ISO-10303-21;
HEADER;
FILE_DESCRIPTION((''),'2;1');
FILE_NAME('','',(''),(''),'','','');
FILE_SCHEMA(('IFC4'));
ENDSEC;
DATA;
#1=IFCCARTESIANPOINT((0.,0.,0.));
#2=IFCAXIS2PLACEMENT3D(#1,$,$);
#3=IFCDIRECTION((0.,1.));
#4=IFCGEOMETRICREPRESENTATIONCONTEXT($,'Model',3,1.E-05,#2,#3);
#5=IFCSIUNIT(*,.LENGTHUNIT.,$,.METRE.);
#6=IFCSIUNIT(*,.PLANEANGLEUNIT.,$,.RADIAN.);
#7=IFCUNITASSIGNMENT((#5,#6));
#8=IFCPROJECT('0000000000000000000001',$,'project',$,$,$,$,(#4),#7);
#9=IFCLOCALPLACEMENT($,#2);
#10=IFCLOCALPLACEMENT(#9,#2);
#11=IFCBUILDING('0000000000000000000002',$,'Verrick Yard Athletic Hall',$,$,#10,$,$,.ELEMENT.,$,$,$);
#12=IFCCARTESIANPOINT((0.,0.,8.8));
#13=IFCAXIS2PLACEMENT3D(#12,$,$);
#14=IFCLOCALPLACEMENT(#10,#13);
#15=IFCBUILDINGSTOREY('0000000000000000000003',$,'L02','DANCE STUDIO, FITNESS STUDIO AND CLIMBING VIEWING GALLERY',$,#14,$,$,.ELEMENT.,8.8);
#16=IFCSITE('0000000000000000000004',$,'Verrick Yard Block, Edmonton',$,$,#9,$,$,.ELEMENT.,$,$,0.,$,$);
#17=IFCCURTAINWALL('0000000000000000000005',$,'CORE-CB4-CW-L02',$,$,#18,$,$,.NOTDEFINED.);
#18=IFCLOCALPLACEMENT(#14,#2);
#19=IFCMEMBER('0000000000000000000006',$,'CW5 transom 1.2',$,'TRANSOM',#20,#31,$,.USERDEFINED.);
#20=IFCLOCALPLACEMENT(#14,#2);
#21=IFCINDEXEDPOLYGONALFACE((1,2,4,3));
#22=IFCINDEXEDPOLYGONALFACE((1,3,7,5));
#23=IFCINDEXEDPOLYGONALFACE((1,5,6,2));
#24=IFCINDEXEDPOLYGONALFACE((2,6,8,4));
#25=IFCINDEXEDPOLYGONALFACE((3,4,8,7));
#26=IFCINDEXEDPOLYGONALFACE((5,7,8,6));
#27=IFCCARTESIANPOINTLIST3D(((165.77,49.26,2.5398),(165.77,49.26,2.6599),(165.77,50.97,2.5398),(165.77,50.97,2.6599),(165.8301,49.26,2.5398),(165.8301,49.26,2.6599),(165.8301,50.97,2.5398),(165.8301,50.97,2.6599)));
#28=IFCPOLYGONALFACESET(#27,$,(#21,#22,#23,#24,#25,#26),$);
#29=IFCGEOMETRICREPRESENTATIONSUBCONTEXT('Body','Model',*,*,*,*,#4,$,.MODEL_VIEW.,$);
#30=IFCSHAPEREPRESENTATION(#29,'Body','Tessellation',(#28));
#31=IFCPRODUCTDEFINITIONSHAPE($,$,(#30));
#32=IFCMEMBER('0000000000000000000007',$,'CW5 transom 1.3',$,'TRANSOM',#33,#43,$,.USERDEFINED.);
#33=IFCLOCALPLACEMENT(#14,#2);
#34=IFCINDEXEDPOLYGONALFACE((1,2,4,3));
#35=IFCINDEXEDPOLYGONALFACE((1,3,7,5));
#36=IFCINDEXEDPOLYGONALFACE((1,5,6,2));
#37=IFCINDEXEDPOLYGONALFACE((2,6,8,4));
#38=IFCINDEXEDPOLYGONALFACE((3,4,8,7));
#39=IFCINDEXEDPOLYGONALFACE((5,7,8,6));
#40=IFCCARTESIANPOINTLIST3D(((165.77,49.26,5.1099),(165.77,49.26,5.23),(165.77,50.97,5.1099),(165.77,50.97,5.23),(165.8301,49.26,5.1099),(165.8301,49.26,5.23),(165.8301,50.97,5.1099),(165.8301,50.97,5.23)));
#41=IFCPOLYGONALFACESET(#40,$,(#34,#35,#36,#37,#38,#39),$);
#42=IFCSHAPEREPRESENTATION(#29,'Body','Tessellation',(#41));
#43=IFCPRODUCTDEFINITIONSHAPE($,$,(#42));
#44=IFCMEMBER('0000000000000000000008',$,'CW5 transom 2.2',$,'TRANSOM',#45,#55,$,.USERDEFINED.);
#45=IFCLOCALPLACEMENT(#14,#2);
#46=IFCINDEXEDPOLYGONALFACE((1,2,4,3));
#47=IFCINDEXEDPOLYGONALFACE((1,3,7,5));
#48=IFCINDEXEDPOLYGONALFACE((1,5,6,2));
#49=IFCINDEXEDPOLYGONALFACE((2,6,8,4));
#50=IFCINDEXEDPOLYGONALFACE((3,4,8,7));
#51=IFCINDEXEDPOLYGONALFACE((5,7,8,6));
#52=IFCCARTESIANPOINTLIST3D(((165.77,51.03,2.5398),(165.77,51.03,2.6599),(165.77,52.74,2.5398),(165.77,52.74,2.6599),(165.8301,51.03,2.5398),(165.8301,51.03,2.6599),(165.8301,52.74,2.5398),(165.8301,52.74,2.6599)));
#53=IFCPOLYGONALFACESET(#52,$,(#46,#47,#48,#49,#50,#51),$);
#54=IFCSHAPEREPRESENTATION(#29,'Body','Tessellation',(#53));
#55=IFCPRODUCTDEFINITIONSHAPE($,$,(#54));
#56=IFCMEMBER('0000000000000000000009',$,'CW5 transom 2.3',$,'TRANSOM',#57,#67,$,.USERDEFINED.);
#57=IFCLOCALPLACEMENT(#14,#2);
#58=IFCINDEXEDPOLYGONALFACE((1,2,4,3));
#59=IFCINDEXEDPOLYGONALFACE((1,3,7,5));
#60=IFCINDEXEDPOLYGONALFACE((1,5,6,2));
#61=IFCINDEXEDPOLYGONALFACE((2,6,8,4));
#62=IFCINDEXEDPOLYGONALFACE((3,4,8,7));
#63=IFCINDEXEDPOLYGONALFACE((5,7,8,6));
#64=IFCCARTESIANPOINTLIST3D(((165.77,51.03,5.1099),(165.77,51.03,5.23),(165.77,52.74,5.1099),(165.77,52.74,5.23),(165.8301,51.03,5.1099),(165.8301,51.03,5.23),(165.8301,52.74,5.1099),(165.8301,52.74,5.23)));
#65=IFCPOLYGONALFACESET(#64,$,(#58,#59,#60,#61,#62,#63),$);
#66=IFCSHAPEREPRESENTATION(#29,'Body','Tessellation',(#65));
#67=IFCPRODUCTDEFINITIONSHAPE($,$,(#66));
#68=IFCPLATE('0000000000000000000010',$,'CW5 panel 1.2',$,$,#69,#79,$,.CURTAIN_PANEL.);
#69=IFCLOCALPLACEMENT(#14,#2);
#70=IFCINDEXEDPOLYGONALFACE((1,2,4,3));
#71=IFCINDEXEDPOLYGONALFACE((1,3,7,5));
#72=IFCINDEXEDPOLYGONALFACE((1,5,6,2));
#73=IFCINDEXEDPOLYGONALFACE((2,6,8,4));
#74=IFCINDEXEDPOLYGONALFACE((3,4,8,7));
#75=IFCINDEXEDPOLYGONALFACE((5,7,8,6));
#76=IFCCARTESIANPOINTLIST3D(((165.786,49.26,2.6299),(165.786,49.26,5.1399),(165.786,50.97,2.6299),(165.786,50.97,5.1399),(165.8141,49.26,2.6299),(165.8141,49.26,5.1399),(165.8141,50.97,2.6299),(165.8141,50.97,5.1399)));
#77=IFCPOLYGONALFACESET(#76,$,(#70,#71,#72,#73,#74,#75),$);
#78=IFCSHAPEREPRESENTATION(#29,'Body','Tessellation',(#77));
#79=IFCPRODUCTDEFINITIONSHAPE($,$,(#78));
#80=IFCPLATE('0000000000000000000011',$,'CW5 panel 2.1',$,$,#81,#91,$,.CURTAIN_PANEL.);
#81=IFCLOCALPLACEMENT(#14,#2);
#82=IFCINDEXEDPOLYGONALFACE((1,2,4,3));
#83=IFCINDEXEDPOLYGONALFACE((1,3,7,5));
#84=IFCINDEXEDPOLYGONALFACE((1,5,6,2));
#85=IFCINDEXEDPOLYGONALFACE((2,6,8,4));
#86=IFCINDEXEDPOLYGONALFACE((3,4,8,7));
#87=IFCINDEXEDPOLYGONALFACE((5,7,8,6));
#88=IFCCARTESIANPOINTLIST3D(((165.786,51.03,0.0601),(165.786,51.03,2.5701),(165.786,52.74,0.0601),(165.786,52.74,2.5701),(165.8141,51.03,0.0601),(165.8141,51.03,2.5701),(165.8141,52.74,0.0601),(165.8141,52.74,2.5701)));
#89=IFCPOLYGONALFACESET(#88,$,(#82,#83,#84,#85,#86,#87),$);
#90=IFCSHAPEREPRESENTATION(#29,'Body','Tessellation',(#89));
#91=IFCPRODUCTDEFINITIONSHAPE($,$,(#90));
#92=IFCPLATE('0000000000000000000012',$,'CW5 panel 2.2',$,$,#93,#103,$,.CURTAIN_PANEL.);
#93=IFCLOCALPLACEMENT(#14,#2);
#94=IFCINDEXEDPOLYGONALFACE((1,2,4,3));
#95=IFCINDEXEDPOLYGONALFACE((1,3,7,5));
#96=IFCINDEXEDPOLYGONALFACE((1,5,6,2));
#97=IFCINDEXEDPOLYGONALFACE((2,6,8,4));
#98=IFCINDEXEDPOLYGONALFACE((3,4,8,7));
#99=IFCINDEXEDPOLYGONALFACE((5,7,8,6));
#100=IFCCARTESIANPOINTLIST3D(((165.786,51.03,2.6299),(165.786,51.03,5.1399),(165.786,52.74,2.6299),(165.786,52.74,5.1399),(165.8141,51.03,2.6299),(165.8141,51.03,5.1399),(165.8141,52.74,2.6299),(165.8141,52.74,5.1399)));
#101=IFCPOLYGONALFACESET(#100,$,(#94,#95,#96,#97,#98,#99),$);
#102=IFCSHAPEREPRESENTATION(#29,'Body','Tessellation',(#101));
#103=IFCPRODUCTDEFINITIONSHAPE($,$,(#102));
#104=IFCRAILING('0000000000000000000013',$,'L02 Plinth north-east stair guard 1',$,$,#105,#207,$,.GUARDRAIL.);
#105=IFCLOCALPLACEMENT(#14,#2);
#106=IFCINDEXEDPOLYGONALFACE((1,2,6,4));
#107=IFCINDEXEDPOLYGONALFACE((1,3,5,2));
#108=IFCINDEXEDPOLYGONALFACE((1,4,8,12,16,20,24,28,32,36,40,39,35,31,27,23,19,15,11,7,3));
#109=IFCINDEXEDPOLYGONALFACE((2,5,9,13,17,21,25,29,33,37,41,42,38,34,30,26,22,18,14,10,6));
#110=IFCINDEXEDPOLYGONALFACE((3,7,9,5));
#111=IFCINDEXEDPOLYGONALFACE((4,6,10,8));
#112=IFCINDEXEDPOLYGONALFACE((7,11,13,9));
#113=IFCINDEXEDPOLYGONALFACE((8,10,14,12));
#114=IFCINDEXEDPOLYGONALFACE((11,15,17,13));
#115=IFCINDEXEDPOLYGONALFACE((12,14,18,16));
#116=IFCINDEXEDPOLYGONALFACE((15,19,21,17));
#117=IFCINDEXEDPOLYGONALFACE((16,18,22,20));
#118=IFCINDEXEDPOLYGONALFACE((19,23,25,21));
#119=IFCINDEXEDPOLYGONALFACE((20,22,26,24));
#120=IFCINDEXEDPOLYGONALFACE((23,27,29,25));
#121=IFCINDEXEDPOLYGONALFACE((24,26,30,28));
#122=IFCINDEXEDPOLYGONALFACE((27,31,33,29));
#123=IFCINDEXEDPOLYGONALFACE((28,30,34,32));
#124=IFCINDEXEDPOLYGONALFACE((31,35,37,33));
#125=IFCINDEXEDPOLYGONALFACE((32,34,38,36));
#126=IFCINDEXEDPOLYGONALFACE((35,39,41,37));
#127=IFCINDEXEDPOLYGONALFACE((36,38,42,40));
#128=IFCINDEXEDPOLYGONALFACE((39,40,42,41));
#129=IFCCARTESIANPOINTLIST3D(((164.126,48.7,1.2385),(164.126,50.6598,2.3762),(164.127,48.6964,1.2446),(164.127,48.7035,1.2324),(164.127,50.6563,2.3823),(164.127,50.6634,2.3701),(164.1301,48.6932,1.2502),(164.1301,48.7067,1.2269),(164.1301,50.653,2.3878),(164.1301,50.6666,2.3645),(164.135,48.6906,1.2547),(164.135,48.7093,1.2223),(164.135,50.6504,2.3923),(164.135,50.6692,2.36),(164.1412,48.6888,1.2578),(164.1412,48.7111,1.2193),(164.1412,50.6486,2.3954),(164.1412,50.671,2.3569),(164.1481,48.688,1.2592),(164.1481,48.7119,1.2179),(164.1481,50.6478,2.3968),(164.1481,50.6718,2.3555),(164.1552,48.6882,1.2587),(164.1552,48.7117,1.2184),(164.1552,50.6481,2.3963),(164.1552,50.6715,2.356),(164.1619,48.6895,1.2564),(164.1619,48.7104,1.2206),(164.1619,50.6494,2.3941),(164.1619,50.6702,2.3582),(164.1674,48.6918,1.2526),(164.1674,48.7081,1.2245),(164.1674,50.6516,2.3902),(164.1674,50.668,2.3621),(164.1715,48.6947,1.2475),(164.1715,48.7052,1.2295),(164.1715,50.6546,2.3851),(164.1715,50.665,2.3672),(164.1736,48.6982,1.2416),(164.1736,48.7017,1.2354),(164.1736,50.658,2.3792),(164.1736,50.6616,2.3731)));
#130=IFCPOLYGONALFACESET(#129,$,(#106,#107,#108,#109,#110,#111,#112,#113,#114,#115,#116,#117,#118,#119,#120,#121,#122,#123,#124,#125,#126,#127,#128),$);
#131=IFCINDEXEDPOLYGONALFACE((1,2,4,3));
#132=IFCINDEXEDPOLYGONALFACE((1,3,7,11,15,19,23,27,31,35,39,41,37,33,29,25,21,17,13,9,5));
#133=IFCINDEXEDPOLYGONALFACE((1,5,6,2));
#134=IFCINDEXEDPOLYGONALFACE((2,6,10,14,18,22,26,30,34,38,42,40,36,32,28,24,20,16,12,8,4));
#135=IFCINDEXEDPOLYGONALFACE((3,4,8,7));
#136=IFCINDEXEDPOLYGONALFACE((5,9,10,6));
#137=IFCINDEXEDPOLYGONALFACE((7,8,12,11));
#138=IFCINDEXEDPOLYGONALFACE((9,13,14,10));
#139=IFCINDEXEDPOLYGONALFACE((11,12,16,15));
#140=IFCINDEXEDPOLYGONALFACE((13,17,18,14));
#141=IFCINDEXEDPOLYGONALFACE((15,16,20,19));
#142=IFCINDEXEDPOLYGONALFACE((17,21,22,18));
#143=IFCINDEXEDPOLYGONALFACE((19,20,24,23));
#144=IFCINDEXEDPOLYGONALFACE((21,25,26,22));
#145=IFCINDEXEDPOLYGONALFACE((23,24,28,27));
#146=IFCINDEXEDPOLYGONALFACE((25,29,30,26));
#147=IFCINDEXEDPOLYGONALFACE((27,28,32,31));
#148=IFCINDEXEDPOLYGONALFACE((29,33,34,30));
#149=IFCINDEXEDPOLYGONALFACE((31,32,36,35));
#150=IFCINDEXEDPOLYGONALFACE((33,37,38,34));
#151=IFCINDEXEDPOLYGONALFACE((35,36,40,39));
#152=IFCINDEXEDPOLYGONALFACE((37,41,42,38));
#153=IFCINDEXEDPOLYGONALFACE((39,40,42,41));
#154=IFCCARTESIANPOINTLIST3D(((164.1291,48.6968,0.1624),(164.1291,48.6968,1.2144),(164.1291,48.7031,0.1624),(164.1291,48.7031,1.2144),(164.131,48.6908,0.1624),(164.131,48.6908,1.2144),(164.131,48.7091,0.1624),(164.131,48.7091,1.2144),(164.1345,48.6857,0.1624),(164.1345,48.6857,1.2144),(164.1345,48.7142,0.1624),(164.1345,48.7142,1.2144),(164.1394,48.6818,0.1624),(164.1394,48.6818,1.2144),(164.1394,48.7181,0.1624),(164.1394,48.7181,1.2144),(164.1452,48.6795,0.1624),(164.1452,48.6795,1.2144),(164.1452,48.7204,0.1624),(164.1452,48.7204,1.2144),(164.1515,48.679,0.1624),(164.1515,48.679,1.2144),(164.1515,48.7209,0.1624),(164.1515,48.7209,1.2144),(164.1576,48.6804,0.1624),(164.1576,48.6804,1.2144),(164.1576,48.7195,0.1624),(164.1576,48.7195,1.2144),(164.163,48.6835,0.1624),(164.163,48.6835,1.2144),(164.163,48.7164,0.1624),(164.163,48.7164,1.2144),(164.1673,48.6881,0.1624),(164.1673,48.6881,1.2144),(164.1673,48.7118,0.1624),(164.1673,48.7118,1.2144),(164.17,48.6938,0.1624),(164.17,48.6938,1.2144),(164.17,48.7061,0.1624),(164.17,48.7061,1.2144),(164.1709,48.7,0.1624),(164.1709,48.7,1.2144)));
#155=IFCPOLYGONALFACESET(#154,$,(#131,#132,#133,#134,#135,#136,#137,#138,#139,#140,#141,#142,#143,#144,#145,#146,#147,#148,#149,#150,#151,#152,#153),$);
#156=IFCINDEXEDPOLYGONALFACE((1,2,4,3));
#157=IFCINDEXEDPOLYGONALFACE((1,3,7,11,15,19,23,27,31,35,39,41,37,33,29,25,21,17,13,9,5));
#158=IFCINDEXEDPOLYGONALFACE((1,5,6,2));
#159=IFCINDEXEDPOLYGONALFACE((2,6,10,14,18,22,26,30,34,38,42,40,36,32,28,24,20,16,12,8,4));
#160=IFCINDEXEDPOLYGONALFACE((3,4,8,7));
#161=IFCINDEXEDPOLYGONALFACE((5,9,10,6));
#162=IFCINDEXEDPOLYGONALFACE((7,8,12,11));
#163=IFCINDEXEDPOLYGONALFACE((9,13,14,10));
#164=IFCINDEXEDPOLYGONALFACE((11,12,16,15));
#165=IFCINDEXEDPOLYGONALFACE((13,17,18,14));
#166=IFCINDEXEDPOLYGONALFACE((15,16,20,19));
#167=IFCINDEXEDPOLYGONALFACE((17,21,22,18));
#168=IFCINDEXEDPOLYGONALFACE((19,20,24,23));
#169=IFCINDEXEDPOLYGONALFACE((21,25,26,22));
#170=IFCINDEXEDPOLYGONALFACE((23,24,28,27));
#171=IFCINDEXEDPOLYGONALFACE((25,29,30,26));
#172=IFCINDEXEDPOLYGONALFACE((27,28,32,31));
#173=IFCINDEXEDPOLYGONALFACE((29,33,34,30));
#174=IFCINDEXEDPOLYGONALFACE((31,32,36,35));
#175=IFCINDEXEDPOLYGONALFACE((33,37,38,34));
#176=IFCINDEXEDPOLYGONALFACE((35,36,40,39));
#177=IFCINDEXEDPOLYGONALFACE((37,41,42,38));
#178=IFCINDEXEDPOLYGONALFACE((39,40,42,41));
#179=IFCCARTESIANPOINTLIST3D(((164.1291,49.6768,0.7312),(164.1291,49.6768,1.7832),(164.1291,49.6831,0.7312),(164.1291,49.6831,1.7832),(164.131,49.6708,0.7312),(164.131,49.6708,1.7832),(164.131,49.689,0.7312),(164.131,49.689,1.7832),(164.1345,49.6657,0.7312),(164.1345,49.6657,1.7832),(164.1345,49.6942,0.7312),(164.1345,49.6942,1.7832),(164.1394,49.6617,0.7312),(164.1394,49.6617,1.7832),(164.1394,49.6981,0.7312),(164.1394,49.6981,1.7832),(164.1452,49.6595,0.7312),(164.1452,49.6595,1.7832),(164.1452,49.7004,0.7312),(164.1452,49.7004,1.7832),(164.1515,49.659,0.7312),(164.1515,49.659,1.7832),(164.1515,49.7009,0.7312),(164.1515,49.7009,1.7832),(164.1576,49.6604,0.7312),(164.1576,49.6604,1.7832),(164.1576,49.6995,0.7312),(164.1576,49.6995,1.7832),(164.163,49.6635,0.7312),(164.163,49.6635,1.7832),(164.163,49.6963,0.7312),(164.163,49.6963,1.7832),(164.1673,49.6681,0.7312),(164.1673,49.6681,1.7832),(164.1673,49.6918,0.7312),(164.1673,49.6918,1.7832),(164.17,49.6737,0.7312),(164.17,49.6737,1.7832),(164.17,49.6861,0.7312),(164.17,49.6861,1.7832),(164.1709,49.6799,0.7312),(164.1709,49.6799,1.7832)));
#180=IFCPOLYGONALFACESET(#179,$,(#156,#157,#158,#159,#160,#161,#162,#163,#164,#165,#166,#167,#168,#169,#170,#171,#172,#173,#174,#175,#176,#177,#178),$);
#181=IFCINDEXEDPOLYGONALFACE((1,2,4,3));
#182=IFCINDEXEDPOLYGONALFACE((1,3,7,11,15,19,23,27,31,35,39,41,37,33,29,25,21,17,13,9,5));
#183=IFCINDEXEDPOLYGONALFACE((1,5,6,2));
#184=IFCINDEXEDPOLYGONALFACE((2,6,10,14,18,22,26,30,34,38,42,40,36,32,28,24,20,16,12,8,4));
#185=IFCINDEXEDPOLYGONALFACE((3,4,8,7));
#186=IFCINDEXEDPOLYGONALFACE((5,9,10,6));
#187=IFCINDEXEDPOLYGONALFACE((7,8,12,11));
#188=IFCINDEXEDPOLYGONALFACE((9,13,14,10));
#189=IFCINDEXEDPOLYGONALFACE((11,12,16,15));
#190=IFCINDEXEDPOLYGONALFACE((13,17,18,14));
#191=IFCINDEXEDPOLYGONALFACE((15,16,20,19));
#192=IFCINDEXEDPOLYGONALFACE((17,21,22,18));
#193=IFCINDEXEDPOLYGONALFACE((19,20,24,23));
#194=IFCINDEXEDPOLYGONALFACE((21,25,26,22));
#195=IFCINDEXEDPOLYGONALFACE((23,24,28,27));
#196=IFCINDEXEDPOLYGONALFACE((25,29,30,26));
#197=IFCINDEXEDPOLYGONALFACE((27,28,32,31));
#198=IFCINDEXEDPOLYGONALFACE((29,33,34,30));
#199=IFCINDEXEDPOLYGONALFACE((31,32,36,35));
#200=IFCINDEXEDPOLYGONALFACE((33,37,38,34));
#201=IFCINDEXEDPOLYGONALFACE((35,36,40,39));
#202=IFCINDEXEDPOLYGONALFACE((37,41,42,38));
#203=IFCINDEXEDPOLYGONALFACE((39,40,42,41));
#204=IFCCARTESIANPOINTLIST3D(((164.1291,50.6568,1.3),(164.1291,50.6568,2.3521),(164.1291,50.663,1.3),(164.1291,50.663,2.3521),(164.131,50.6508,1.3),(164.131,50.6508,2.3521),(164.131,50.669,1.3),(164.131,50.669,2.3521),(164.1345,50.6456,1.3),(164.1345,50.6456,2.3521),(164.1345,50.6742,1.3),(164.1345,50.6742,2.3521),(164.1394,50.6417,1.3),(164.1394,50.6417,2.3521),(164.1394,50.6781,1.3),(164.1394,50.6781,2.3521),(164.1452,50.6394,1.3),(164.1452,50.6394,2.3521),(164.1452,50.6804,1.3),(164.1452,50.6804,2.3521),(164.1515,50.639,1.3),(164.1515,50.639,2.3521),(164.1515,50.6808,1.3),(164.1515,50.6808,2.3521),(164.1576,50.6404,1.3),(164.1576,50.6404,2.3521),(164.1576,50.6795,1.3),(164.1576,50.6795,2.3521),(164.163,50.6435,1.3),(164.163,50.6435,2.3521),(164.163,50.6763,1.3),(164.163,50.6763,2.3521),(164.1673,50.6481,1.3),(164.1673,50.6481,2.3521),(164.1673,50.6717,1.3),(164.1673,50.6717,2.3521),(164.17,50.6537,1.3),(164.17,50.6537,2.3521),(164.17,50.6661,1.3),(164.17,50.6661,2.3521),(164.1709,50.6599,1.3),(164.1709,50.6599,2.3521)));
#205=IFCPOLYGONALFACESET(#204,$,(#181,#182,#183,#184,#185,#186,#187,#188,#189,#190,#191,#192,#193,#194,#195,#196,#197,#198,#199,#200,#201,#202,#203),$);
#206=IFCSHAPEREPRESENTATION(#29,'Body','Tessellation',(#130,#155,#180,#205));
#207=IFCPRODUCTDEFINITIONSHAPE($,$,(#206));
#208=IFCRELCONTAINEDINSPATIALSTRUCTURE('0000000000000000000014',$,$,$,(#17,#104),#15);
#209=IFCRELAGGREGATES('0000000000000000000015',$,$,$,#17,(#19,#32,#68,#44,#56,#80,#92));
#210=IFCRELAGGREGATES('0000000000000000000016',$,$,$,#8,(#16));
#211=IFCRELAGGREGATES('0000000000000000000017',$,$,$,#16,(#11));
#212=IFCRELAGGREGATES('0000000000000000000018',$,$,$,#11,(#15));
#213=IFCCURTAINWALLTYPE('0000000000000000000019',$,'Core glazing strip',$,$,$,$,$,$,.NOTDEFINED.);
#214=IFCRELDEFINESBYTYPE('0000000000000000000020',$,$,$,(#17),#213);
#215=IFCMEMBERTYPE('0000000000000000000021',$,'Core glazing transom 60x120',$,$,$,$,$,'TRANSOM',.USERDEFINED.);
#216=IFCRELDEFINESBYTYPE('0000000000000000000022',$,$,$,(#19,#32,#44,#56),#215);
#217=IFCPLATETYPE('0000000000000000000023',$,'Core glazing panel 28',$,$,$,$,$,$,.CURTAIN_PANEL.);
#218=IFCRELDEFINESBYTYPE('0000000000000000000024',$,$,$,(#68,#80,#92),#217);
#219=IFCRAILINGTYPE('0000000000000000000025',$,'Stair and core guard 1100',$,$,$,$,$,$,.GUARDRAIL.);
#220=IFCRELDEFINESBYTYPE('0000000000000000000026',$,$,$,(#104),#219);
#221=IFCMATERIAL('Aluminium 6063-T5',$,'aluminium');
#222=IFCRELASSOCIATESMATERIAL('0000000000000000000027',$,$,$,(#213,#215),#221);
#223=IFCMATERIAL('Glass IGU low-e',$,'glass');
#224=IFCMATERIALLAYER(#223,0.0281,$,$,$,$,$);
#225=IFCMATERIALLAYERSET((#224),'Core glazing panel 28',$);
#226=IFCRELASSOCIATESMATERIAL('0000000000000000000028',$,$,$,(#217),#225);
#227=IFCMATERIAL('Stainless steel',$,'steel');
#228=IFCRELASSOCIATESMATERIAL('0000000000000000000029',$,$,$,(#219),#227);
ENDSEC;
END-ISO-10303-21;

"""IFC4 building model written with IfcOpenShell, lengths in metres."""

from ifc_helpers import new_model, si_unit, direction, frame, origin, origin_2d, place, context, subcontext, project, spatial, rectangle, circle, extrude, material, layer, layer_set, material_profile, profile_set, type_object, element, aggregate, save


model = new_model("IFC4")

# Units and contexts
model_context = context("Model", 3, precision=1e-05, world=origin(), true_north=direction((0.0, 1.0)))
body_context = subcontext(model_context, "Body", "Model", "MODEL_VIEW")
ifc_project = project(units=[si_unit("LENGTHUNIT", "METRE"), si_unit("PLANEANGLEUNIT", "RADIAN")], contexts=[model_context])

# Site, building, storey
site_placement = place(None, origin())
site = spatial("IfcSite", under=ifc_project, at=site_placement, Name="Verrick Yard Block, Edmonton", CompositionType="ELEMENT", RefElevation=0.0)
building_placement = place(site_placement, origin())
building = spatial("IfcBuilding", under=site, at=building_placement, Name="Verrick Yard Athletic Hall", CompositionType="ELEMENT")
storey_placement = place(building_placement, frame((0.0, 0.0, 8.8)))
storey = spatial("IfcBuildingStorey", under=building, at=storey_placement, Name="L02", Description="DANCE STUDIO, FITNESS STUDIO AND CLIMBING VIEWING GALLERY", CompositionType="ELEMENT", Elevation=8.8)

# Curtain wall, members, plates
ifc_material_1 = material(Name="Aluminium 6063-T5", Category="aluminium")
curtain_wall_type = type_object("IfcCurtainWallType", Name="Core glazing strip", PredefinedType="NOTDEFINED", material=ifc_material_1)
curtain_wall_placement = place(storey_placement, origin())
curtain_wall = element("IfcCurtainWall", 1, at=curtain_wall_placement, inside=storey, type_object=curtain_wall_type, Name="CORE-CB4-CW-L02", PredefinedType="NOTDEFINED")
ifc_material_profile = material_profile(ifc_material_1, rectangle(XDim=0.0601, YDim=0.1201, at=origin_2d()), Name="Core glazing transom 60x120")
ifc_profile_set = profile_set([ifc_material_profile], Name="Aluminium 6063-T5")
member_type = type_object("IfcMemberType", Name="Core glazing transom 60x120", ElementType="TRANSOM", PredefinedType="USERDEFINED", material=ifc_profile_set)
member_1_placement = place(storey_placement, frame((165.8, 49.26, 2.5999), z_axis=(0.0, 1.0, 0.0), x_axis=(-1.0, 0.0, 0.0)))
member_1 = element("IfcMember", 2, at=member_1_placement, type_object=member_type, Name="CW5 transom 1.2", ObjectType="TRANSOM", PredefinedType="USERDEFINED", context=body_context, shape_type="SweptSolid", body=[
    extrude(rectangle(XDim=0.0601, YDim=0.1201, at=origin_2d()), origin(), (0.0, 0.0, 1.0), 1.71),
])
member_2_placement = place(storey_placement, frame((165.8, 49.26, 5.1699), z_axis=(0.0, 1.0, 0.0), x_axis=(-1.0, 0.0, 0.0)))
member_2 = element("IfcMember", 3, at=member_2_placement, type_object=member_type, Name="CW5 transom 1.3", ObjectType="TRANSOM", PredefinedType="USERDEFINED", context=body_context, shape_type="SweptSolid", body=[
    extrude(rectangle(XDim=0.0601, YDim=0.1201, at=origin_2d()), origin(), (0.0, 0.0, 1.0), 1.71),
])
member_3_placement = place(storey_placement, frame((165.8, 51.03, 2.5999), z_axis=(0.0, 1.0, 0.0), x_axis=(-1.0, 0.0, 0.0)))
member_3 = element("IfcMember", 4, at=member_3_placement, type_object=member_type, Name="CW5 transom 2.2", ObjectType="TRANSOM", PredefinedType="USERDEFINED", context=body_context, shape_type="SweptSolid", body=[
    extrude(rectangle(XDim=0.0601, YDim=0.1201, at=origin_2d()), origin(), (0.0, 0.0, 1.0), 1.71),
])
member_4_placement = place(storey_placement, frame((165.8, 51.03, 5.1699), z_axis=(0.0, 1.0, 0.0), x_axis=(-1.0, 0.0, 0.0)))
member_4 = element("IfcMember", 5, at=member_4_placement, type_object=member_type, Name="CW5 transom 2.3", ObjectType="TRANSOM", PredefinedType="USERDEFINED", context=body_context, shape_type="SweptSolid", body=[
    extrude(rectangle(XDim=0.0601, YDim=0.1201, at=origin_2d()), origin(), (0.0, 0.0, 1.0), 1.71),
])
ifc_material_2 = material(Name="Glass IGU low-e", Category="glass")
ifc_layer = layer(ifc_material_2, 0.0281)
ifc_layer_set = layer_set([ifc_layer], Name="Core glazing panel 28")
plate_type = type_object("IfcPlateType", Name="Core glazing panel 28", PredefinedType="CURTAIN_PANEL", material=ifc_layer_set)
plate_1_placement = place(storey_placement, frame((165.8, 50.115, 2.6299), z_axis=(0.0, 0.0, 1.0), x_axis=(0.0, 1.0, 0.0)))
plate_1 = element("IfcPlate", 6, at=plate_1_placement, type_object=plate_type, Name="CW5 panel 1.2", PredefinedType="CURTAIN_PANEL", context=body_context, shape_type="SweptSolid", body=[
    extrude(rectangle(XDim=1.71, YDim=0.0281, at=origin_2d()), origin(), (0.0, 0.0, 1.0), 2.51),
])
plate_2_placement = place(storey_placement, frame((165.8, 51.885, 0.0601), z_axis=(0.0, 0.0, 1.0), x_axis=(0.0, 1.0, 0.0)))
plate_2 = element("IfcPlate", 7, at=plate_2_placement, type_object=plate_type, Name="CW5 panel 2.1", PredefinedType="CURTAIN_PANEL", context=body_context, shape_type="SweptSolid", body=[
    extrude(rectangle(XDim=1.71, YDim=0.0281, at=origin_2d()), origin(), (0.0, 0.0, 1.0), 2.51),
])
plate_3_placement = place(storey_placement, frame((165.8, 51.885, 2.6299), z_axis=(0.0, 0.0, 1.0), x_axis=(0.0, 1.0, 0.0)))
plate_3 = element("IfcPlate", 8, at=plate_3_placement, type_object=plate_type, Name="CW5 panel 2.2", PredefinedType="CURTAIN_PANEL", context=body_context, shape_type="SweptSolid", body=[
    extrude(rectangle(XDim=1.71, YDim=0.0281, at=origin_2d()), origin(), (0.0, 0.0, 1.0), 2.51),
])
aggregate(curtain_wall, [member_1, member_2, plate_1, member_3, member_4, plate_2, plate_3])

# Railing
ifc_material_3 = material(Name="Stainless steel", Category="steel")
railing_type_1 = type_object("IfcRailingType", Name="Stair and core guard 1100", PredefinedType="GUARDRAIL", material=ifc_material_3)
railing_1_placement = place(storey_placement, frame((164.1499, 48.7, 0.1624)))
element("IfcRailing", 9, at=railing_1_placement, inside=storey, type_object=railing_type_1, Name="L02 Plinth north-east stair guard 1", PredefinedType="GUARDRAIL", context=body_context, shape_type="SweptSolid", body=[
    extrude(circle(Radius=0.0239, at=origin_2d()), frame((0.0, 0.0, 1.0762), z_axis=(0.0, 0.864855, 0.502021), x_axis=(-1.0, 0.0, 0.0)), (0.0, 0.0, 1.0), 2.2661),
    extrude(circle(Radius=0.021, at=origin_2d()), origin(), (0.0, 0.0, 1.0), 1.052),
    extrude(circle(Radius=0.021, at=origin_2d()), frame((0.0, 0.98, 0.5688)), (0.0, 0.0, 1.0), 1.052),
    extrude(circle(Radius=0.021, at=origin_2d()), frame((0.0, 1.96, 1.1377)), (0.0, 0.0, 1.0), 1.052),
])

save(model, "model.ifc")
